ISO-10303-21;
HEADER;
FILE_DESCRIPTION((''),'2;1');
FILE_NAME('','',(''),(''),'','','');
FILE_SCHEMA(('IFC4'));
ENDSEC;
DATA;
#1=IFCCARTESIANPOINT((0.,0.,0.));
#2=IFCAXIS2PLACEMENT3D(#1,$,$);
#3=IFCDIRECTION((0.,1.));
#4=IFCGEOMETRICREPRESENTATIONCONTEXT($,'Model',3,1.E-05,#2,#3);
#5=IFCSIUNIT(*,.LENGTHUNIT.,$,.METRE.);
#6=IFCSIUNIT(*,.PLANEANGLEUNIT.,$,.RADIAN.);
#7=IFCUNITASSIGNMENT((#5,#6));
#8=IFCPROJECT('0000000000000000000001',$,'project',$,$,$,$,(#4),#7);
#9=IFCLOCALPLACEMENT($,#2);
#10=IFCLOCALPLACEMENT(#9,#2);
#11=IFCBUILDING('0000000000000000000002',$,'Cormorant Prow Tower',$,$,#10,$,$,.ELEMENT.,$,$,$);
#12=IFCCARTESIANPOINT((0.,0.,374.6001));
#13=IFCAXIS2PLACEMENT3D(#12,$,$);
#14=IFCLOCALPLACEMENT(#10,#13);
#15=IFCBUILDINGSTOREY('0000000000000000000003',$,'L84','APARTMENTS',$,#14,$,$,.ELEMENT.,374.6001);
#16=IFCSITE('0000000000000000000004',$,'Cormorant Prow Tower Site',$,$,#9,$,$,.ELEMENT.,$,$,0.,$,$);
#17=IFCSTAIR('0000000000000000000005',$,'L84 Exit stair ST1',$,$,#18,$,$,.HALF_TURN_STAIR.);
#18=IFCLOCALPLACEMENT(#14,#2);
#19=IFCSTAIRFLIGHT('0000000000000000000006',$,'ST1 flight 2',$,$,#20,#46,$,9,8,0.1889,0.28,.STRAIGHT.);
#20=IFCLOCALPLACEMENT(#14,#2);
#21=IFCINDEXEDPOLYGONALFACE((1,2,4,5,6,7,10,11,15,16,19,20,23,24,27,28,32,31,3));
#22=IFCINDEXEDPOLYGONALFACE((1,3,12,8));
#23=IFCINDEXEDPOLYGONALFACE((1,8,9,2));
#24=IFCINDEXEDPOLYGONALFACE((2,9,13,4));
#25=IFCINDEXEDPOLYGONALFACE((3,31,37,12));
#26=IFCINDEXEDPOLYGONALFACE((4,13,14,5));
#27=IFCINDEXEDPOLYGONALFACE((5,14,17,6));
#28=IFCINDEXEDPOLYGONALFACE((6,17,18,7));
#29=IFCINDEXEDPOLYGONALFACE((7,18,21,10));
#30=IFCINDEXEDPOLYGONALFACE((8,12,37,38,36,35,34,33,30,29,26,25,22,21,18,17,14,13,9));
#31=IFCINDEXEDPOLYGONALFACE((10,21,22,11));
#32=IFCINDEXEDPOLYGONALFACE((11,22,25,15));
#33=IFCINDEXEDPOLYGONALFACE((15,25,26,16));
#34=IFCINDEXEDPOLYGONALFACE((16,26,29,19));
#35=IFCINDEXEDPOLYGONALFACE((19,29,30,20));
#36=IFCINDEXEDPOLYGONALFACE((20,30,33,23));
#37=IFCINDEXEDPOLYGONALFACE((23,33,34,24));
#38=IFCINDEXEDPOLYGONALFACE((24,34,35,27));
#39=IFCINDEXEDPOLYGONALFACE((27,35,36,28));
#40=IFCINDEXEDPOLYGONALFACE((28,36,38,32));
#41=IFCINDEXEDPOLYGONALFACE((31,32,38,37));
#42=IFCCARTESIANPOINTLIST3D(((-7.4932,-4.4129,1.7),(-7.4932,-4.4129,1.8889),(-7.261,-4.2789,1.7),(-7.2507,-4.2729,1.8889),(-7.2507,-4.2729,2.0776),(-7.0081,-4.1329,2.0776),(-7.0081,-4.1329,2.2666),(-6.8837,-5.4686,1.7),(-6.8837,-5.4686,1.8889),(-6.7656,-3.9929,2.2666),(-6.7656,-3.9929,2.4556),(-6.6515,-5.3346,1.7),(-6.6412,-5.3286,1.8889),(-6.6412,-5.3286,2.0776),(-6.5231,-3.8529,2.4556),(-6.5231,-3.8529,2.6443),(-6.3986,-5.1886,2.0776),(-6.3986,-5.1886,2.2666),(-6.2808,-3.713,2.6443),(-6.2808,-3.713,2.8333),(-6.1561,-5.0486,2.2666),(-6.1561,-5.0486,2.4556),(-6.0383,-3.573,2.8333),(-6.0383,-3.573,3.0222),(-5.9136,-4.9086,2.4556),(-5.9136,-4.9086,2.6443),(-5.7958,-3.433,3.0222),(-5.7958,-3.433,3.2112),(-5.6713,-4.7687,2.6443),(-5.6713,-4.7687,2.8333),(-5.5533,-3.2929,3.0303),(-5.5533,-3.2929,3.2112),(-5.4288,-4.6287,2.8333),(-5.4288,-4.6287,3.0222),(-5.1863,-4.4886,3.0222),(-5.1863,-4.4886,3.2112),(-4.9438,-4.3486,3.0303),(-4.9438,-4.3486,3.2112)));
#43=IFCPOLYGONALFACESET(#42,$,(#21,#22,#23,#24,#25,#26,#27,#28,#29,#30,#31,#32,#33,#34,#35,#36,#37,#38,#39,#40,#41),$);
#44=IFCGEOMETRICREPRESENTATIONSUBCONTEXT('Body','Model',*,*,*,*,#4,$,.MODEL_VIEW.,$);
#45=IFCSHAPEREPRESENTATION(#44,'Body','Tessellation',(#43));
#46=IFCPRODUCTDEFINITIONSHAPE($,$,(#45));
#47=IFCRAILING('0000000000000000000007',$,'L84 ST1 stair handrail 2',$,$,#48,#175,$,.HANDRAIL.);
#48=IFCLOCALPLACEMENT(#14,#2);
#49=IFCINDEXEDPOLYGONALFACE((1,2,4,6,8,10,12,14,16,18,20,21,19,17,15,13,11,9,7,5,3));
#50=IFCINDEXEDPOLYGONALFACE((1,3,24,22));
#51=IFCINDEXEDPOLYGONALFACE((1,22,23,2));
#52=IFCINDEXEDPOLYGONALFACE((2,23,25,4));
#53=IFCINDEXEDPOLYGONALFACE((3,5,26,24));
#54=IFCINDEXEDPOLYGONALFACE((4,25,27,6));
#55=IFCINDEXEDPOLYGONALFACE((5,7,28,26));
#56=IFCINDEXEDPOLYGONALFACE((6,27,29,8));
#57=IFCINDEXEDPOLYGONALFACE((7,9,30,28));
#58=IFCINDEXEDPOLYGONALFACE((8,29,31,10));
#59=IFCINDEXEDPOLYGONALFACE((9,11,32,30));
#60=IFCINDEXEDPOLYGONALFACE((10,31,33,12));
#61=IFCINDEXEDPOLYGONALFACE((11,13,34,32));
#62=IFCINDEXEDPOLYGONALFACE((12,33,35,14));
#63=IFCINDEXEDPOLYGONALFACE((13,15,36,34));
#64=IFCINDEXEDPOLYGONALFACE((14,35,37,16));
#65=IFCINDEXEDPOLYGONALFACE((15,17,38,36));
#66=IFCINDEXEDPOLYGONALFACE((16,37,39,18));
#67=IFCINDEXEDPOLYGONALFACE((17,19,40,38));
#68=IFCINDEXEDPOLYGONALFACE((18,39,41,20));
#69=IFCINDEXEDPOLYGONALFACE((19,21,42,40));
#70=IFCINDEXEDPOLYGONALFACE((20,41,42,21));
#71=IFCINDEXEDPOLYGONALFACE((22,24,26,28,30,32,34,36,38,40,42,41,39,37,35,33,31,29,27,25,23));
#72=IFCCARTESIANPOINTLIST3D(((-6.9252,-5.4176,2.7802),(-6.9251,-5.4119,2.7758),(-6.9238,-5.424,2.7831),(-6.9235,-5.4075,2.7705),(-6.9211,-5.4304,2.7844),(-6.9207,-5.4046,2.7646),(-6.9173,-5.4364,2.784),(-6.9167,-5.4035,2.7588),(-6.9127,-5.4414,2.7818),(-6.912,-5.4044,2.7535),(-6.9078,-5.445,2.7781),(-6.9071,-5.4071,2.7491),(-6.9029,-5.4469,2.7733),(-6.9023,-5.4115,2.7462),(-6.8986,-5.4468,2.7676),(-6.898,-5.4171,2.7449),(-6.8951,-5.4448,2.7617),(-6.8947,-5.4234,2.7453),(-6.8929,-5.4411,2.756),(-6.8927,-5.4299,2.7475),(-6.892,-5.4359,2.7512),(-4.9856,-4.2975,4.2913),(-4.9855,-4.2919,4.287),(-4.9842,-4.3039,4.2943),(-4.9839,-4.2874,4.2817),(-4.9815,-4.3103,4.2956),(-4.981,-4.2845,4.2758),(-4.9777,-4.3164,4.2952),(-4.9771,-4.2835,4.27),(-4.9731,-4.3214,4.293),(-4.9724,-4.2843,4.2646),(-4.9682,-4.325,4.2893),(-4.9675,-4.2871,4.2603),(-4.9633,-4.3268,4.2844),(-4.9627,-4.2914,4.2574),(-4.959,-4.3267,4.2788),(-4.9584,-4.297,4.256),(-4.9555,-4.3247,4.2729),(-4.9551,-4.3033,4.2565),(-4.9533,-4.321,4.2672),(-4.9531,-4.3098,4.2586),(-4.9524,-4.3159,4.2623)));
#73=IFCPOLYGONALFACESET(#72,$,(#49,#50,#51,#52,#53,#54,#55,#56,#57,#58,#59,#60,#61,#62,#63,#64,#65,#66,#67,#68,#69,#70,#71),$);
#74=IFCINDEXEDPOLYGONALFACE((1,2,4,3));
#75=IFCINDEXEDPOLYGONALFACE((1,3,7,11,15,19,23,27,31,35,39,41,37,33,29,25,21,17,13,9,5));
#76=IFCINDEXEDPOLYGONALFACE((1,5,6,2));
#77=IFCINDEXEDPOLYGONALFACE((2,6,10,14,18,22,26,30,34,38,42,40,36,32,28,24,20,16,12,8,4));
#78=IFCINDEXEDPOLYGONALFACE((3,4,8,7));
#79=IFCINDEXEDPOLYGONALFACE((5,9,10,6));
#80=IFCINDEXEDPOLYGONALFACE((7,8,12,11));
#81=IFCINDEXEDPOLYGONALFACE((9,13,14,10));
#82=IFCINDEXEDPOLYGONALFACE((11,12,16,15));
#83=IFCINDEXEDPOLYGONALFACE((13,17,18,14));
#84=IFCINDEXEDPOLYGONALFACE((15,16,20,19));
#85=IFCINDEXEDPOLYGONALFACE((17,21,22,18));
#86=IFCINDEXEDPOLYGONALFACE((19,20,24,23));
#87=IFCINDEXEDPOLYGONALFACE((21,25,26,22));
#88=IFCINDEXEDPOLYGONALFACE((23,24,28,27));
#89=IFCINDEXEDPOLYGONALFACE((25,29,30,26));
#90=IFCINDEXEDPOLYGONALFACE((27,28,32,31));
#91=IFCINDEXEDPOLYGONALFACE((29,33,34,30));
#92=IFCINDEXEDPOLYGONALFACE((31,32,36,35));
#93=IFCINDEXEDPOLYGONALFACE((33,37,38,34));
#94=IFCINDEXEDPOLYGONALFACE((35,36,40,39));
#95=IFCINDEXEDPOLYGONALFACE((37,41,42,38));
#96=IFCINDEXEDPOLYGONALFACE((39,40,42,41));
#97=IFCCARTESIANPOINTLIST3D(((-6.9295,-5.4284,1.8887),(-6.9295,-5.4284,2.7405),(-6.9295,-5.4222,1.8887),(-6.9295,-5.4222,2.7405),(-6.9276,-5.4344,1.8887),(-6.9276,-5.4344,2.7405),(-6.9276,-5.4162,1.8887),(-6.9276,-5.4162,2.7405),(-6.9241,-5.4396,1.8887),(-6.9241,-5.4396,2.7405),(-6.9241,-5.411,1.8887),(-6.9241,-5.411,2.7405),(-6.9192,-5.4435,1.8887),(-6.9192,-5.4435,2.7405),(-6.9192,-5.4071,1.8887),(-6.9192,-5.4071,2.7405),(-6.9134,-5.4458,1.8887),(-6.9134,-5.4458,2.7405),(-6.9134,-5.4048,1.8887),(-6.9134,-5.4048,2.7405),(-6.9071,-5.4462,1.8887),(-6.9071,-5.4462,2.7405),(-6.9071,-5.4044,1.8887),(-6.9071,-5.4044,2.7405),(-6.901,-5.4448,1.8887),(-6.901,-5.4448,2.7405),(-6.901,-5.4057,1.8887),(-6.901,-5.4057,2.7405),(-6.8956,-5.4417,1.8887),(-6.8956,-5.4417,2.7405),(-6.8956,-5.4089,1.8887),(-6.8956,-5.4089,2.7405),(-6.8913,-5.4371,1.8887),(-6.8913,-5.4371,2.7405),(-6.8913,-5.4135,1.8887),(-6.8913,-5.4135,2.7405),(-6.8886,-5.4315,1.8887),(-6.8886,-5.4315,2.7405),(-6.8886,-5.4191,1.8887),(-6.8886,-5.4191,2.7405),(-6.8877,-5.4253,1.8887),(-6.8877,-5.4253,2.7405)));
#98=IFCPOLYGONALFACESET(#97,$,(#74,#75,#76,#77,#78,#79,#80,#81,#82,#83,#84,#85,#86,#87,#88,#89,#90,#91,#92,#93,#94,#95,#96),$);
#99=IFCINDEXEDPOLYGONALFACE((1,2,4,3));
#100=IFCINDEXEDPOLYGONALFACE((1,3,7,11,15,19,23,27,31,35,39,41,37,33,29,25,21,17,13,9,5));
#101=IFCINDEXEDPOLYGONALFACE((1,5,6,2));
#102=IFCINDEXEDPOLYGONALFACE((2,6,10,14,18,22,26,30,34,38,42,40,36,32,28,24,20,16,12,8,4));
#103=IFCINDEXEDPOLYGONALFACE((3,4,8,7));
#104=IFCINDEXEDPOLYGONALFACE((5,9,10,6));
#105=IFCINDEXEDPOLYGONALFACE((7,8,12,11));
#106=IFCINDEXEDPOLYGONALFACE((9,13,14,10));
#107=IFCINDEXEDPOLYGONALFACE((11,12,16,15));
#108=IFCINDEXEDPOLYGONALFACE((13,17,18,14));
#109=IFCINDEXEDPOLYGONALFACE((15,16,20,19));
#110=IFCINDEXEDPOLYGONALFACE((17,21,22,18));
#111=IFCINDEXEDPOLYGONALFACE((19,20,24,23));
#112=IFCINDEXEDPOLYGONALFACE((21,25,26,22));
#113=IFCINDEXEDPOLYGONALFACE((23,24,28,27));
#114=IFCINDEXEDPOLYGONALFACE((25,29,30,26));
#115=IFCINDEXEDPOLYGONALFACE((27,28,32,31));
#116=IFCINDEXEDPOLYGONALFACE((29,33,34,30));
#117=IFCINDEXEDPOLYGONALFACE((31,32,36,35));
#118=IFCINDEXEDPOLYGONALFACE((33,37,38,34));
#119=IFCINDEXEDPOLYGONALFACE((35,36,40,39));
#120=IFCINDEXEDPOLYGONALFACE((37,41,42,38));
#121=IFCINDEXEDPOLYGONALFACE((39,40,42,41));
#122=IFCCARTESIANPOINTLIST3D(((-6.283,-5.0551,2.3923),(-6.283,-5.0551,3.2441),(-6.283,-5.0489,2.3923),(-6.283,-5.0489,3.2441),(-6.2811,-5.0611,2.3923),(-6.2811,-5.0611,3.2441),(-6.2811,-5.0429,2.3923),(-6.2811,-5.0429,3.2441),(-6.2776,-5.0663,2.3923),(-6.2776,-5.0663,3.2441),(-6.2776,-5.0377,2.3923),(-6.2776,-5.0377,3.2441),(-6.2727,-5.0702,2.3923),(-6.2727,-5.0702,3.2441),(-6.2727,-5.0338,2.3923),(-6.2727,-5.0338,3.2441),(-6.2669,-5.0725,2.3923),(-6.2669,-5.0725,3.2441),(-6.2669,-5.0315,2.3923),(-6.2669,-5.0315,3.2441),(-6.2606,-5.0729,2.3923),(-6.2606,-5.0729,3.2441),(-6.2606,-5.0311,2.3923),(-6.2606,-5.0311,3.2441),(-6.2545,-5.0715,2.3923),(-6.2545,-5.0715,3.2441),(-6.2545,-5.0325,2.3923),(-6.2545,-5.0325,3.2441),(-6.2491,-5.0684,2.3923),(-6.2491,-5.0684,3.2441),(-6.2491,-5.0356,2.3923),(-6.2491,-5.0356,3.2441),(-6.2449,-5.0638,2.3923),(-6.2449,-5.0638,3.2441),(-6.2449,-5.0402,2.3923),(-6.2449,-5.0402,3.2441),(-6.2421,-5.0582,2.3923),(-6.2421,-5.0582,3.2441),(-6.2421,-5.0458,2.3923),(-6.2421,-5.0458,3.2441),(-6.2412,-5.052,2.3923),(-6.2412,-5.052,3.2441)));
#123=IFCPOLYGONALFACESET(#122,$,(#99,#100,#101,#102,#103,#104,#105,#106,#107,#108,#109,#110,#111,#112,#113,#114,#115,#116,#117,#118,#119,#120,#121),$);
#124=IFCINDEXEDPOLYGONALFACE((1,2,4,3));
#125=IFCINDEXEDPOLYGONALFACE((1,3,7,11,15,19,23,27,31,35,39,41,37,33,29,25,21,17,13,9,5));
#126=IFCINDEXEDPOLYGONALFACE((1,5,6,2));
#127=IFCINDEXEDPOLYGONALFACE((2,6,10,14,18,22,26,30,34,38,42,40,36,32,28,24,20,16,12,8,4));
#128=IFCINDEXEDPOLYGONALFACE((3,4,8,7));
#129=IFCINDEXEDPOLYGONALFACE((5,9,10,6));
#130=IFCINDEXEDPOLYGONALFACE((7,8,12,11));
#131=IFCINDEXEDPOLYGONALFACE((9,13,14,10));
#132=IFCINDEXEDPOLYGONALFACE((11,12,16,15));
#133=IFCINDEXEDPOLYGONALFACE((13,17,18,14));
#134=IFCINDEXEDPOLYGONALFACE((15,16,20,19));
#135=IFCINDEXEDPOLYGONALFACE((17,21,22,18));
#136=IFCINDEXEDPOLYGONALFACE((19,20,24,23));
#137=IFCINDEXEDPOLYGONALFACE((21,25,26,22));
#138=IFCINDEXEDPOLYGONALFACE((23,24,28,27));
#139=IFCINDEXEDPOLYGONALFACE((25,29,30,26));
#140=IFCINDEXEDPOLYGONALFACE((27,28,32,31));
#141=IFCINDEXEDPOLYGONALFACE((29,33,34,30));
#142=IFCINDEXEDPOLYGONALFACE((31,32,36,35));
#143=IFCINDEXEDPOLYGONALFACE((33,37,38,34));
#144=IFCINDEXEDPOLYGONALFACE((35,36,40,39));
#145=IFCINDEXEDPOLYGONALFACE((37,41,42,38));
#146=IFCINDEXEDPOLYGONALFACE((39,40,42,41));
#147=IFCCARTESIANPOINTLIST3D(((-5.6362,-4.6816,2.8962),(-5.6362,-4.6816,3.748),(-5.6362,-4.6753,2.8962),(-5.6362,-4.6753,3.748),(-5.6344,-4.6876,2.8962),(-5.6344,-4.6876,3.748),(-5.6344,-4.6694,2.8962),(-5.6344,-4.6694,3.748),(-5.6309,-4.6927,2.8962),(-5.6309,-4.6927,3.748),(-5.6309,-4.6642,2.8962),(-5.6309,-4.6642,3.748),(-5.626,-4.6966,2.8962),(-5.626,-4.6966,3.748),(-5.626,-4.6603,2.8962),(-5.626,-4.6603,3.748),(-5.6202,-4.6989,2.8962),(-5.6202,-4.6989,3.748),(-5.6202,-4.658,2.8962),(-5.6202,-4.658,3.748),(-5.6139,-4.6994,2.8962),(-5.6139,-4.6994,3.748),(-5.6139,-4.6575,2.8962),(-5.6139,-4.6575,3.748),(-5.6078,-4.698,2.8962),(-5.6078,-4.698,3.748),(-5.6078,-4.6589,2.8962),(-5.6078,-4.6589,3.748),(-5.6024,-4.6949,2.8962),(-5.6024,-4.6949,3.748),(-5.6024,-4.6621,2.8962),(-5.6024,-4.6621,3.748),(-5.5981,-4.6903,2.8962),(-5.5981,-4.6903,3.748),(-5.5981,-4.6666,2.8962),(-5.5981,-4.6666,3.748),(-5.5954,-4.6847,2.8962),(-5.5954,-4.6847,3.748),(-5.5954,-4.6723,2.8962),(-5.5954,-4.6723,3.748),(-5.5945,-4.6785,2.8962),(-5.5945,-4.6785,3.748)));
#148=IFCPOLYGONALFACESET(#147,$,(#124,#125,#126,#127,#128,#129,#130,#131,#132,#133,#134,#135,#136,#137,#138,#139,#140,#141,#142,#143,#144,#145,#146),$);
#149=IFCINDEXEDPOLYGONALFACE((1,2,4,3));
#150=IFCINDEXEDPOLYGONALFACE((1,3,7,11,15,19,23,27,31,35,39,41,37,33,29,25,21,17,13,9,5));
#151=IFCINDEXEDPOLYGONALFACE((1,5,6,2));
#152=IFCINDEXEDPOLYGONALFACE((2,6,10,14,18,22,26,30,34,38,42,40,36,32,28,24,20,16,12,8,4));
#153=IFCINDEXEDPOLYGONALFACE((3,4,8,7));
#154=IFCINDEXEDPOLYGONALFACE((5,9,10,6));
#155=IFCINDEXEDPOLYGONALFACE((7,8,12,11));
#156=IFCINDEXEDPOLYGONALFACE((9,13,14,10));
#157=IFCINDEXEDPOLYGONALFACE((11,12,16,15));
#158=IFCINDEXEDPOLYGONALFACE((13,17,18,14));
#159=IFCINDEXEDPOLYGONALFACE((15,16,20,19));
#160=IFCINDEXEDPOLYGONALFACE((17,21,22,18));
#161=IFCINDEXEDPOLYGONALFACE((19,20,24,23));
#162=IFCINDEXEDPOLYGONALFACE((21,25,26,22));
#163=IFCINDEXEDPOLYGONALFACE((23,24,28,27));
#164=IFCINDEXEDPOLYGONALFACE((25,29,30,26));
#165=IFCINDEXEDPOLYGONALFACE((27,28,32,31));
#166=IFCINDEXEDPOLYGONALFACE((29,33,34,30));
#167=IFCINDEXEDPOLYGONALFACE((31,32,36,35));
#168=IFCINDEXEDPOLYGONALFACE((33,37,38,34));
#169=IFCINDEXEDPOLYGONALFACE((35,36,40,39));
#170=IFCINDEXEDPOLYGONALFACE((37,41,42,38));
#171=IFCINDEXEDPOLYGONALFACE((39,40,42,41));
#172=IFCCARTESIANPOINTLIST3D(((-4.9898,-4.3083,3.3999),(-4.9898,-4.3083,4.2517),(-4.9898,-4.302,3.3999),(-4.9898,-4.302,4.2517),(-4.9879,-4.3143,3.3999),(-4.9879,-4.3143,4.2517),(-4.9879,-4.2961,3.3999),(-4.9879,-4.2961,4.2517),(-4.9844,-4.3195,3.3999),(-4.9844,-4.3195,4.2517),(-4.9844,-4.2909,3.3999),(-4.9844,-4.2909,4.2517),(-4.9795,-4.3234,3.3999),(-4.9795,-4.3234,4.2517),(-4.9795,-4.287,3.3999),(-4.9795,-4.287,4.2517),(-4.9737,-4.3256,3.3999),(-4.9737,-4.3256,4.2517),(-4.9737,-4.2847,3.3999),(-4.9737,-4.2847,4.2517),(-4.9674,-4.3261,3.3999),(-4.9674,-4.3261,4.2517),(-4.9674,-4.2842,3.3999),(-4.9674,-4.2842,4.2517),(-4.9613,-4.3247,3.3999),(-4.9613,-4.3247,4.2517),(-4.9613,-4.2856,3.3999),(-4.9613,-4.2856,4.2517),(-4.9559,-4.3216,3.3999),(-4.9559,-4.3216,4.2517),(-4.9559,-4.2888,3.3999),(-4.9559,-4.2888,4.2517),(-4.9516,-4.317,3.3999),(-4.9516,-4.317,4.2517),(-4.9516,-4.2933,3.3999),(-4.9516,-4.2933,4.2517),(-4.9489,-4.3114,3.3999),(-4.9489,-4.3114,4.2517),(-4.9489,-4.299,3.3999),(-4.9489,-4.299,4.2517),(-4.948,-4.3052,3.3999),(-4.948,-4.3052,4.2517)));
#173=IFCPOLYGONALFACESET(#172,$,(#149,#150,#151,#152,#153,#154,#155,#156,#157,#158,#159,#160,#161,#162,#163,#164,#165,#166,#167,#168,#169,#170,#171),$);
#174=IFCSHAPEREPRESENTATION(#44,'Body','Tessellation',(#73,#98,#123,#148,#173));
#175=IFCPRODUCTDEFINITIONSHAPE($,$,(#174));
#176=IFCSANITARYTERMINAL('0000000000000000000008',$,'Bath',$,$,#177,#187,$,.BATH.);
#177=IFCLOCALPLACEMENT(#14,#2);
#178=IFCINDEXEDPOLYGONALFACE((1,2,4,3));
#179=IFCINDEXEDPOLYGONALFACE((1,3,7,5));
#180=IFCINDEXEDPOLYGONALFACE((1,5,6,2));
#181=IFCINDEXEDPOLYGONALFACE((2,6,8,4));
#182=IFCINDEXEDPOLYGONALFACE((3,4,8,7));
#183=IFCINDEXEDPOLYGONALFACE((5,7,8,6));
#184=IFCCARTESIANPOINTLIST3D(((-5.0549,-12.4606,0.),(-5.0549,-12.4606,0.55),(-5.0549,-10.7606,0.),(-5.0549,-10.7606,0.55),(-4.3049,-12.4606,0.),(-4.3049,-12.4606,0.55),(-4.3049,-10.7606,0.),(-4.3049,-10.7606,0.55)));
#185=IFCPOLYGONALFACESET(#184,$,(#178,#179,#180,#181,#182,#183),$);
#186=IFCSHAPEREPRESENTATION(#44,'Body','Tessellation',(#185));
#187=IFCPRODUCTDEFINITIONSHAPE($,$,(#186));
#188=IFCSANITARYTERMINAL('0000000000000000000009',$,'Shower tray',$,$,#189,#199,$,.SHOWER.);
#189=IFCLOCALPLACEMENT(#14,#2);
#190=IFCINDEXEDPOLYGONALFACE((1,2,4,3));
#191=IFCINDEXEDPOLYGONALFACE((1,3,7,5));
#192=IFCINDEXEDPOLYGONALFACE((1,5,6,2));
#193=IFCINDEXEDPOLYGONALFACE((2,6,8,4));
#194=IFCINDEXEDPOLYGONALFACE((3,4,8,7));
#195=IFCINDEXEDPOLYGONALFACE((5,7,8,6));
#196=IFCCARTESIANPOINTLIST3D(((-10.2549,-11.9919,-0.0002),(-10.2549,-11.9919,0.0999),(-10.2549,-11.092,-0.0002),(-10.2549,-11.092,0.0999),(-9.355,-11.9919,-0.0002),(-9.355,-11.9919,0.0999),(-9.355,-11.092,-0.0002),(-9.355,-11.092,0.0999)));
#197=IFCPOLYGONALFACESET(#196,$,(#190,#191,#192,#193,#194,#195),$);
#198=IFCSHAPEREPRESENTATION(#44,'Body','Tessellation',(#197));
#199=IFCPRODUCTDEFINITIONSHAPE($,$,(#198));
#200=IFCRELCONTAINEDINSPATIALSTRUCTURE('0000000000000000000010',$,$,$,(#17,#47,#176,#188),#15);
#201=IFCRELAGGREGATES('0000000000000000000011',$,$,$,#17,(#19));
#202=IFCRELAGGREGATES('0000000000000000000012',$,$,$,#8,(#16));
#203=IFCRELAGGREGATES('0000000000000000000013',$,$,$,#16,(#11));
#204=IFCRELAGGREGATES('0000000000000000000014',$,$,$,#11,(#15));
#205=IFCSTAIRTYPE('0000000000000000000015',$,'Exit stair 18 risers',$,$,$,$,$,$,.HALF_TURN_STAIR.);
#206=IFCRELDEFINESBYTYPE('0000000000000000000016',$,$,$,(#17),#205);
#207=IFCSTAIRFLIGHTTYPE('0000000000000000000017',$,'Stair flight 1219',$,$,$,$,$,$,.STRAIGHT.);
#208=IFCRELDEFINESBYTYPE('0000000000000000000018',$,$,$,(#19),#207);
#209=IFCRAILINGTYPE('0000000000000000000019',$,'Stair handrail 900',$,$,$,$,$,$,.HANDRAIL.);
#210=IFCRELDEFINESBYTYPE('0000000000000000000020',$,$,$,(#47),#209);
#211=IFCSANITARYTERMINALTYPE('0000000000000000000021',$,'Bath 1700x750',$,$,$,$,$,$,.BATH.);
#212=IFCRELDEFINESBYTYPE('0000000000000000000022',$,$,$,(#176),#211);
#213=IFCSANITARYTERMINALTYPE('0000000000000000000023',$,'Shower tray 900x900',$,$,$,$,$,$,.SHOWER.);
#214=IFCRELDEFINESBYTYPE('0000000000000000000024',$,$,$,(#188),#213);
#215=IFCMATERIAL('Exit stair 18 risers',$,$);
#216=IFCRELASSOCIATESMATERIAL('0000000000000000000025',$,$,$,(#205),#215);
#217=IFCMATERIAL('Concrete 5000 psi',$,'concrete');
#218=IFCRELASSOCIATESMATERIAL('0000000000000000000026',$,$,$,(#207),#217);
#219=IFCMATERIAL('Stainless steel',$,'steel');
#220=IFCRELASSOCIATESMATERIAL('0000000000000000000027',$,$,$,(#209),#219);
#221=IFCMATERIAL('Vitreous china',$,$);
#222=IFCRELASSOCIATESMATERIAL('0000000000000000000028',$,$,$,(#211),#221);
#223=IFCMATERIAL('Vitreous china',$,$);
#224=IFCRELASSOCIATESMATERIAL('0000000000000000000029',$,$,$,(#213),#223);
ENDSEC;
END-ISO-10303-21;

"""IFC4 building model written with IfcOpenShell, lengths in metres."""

from ifc_helpers import new_model, si_unit, direction, frame, origin, origin_2d, place, context, subcontext, project, spatial, polyline, rectangle, circle, outline, extrude, material, type_object, element, aggregate, save


model = new_model("IFC4")

# Units and contexts
model_context = context("Model", 3, precision=1e-05, world=origin(), true_north=direction((0.0, 1.0)))
body_context = subcontext(model_context, "Body", "Model", "MODEL_VIEW")
ifc_project = project(units=[si_unit("LENGTHUNIT", "METRE"), si_unit("PLANEANGLEUNIT", "RADIAN")], contexts=[model_context])

# Site, building, storey
site_placement = place(None, origin())
site = spatial("IfcSite", under=ifc_project, at=site_placement, Name="Cormorant Prow Tower Site", CompositionType="ELEMENT", RefElevation=0.0)
building_placement = place(site_placement, origin())
building = spatial("IfcBuilding", under=site, at=building_placement, Name="Cormorant Prow Tower", CompositionType="ELEMENT")
storey_placement = place(building_placement, frame((0.0, 0.0, 374.6001)))
storey = spatial("IfcBuildingStorey", under=building, at=storey_placement, Name="L84", Description="APARTMENTS", CompositionType="ELEMENT", Elevation=374.6001)

# Stair, stair flight
ifc_material_1 = material(Name="Exit stair 18 risers")
stair_type = type_object("IfcStairType", Name="Exit stair 18 risers", PredefinedType="HALF_TURN_STAIR", material=ifc_material_1)
stair_placement = place(storey_placement, origin())
stair = element("IfcStair", 1, at=stair_placement, inside=storey, type_object=stair_type, Name="L84 Exit stair ST1", PredefinedType="HALF_TURN_STAIR")
ifc_material_2 = material(Name="Concrete 5000 psi", Category="concrete")
stair_flight_type = type_object("IfcStairFlightType", Name="Stair flight 1219", PredefinedType="STRAIGHT", material=ifc_material_2)
stair_flight_placement = place(storey_placement, frame((-7.1885, -4.9407, 1.7), z_axis=(0.0, 0.0, 1.0), x_axis=(0.866025, 0.5, 0.0)))
stair_flight = element("IfcStairFlight", 2, at=stair_flight_placement, type_object=stair_flight_type, Name="ST1 flight 2", NumberOfRisers=9, NumberOfTreads=8, PredefinedType="STRAIGHT", RiserHeight=0.1889, TreadLength=0.28, context=body_context, shape_type="SweptSolid", body=[
    extrude(outline(polyline([(0.0, 0.0), (0.0, 0.189), (0.28, 0.189), (0.28, 0.3777), (0.5601, 0.3777), (0.5601, 0.5667), (0.8401, 0.5667), (0.8401, 0.7556), (1.1201, 0.7556), (1.1201, 0.9443), (1.3999, 0.9443), (1.3999, 1.1333), (1.6799, 1.1333), (1.6799, 1.3223), (1.96, 1.3223), (1.96, 1.5112), (2.24, 1.5112), (2.24, 1.7), (2.24, 1.3303), (0.2681, 0.0), (0.0, 0.0)])), frame((0.0, 0.6094, 0.0), z_axis=(0.0, -1.0, 0.0), x_axis=(1.0, 0.0, 0.0)), (0.0, 0.0, 1.0), 1.219),
])
aggregate(stair, [stair_flight])

# Railing
ifc_material_3 = material(Name="Stainless steel", Category="steel")
railing_type = type_object("IfcRailingType", Name="Stair handrail 900", PredefinedType="HANDRAIL", material=ifc_material_3)
railing_placement = place(storey_placement, frame((-6.9087, -5.4253, 1.8887)))
element("IfcRailing", 3, at=railing_placement, inside=storey, type_object=railing_type, Name="L84 ST1 stair handrail 2", PredefinedType="HANDRAIL", context=body_context, shape_type="SweptSolid", body=[
    extrude(circle(Radius=0.0239, at=origin_2d()), frame((0.0, 0.0, 0.876), z_axis=(0.71787, 0.414548, 0.559297), x_axis=(-0.500078, 0.86598, 0.0)), (0.0, 0.0, 1.0), 2.7019),
    extrude(circle(Radius=0.021, at=origin_2d()), origin(), (0.0, 0.0, 1.0), 0.8518),
    extrude(circle(Radius=0.021, at=origin_2d()), frame((0.6465, 0.3733, 0.5037)), (0.0, 0.0, 1.0), 0.8518),
    extrude(circle(Radius=0.021, at=origin_2d()), frame((1.2932, 0.7468, 1.0076)), (0.0, 0.0, 1.0), 0.8518),
    extrude(circle(Radius=0.021, at=origin_2d()), frame((1.9397, 1.1201, 1.5112)), (0.0, 0.0, 1.0), 0.8518),
])

# Sanitary terminals
ifc_material_4 = material(Name="Vitreous china")
sanitary_terminal_type_1 = type_object("IfcSanitaryTerminalType", Name="Bath 1700x750", PredefinedType="BATH", material=ifc_material_4)
sanitary_terminal_1_placement = place(storey_placement, frame((-4.6799, -11.6106, 0.0), z_axis=(0.0, 0.0, 1.0), x_axis=(0.0, 1.0, 0.0)))
element("IfcSanitaryTerminal", 4, at=sanitary_terminal_1_placement, inside=storey, type_object=sanitary_terminal_type_1, Name="Bath", PredefinedType="BATH", context=body_context, shape_type="SweptSolid", body=[
    extrude(rectangle(XDim=1.7, YDim=0.75, at=origin_2d()), origin(), (0.0, 0.0, 1.0), 0.55),
])
ifc_material_5 = material(Name="Vitreous china")
sanitary_terminal_type_2 = type_object("IfcSanitaryTerminalType", Name="Shower tray 900x900", PredefinedType="SHOWER", material=ifc_material_5)
sanitary_terminal_2_placement = place(storey_placement, frame((-9.8049, -11.542, -0.0002), z_axis=(0.0, 0.0, 1.0), x_axis=(1.0, 0.0, 0.0)))
element("IfcSanitaryTerminal", 5, at=sanitary_terminal_2_placement, inside=storey, type_object=sanitary_terminal_type_2, Name="Shower tray", PredefinedType="SHOWER", context=body_context, shape_type="SweptSolid", body=[
    extrude(rectangle(XDim=0.8999, YDim=0.8999, at=origin_2d()), origin(), (0.0, 0.0, 1.0), 0.1001),
])

save(model, "model.ifc")
